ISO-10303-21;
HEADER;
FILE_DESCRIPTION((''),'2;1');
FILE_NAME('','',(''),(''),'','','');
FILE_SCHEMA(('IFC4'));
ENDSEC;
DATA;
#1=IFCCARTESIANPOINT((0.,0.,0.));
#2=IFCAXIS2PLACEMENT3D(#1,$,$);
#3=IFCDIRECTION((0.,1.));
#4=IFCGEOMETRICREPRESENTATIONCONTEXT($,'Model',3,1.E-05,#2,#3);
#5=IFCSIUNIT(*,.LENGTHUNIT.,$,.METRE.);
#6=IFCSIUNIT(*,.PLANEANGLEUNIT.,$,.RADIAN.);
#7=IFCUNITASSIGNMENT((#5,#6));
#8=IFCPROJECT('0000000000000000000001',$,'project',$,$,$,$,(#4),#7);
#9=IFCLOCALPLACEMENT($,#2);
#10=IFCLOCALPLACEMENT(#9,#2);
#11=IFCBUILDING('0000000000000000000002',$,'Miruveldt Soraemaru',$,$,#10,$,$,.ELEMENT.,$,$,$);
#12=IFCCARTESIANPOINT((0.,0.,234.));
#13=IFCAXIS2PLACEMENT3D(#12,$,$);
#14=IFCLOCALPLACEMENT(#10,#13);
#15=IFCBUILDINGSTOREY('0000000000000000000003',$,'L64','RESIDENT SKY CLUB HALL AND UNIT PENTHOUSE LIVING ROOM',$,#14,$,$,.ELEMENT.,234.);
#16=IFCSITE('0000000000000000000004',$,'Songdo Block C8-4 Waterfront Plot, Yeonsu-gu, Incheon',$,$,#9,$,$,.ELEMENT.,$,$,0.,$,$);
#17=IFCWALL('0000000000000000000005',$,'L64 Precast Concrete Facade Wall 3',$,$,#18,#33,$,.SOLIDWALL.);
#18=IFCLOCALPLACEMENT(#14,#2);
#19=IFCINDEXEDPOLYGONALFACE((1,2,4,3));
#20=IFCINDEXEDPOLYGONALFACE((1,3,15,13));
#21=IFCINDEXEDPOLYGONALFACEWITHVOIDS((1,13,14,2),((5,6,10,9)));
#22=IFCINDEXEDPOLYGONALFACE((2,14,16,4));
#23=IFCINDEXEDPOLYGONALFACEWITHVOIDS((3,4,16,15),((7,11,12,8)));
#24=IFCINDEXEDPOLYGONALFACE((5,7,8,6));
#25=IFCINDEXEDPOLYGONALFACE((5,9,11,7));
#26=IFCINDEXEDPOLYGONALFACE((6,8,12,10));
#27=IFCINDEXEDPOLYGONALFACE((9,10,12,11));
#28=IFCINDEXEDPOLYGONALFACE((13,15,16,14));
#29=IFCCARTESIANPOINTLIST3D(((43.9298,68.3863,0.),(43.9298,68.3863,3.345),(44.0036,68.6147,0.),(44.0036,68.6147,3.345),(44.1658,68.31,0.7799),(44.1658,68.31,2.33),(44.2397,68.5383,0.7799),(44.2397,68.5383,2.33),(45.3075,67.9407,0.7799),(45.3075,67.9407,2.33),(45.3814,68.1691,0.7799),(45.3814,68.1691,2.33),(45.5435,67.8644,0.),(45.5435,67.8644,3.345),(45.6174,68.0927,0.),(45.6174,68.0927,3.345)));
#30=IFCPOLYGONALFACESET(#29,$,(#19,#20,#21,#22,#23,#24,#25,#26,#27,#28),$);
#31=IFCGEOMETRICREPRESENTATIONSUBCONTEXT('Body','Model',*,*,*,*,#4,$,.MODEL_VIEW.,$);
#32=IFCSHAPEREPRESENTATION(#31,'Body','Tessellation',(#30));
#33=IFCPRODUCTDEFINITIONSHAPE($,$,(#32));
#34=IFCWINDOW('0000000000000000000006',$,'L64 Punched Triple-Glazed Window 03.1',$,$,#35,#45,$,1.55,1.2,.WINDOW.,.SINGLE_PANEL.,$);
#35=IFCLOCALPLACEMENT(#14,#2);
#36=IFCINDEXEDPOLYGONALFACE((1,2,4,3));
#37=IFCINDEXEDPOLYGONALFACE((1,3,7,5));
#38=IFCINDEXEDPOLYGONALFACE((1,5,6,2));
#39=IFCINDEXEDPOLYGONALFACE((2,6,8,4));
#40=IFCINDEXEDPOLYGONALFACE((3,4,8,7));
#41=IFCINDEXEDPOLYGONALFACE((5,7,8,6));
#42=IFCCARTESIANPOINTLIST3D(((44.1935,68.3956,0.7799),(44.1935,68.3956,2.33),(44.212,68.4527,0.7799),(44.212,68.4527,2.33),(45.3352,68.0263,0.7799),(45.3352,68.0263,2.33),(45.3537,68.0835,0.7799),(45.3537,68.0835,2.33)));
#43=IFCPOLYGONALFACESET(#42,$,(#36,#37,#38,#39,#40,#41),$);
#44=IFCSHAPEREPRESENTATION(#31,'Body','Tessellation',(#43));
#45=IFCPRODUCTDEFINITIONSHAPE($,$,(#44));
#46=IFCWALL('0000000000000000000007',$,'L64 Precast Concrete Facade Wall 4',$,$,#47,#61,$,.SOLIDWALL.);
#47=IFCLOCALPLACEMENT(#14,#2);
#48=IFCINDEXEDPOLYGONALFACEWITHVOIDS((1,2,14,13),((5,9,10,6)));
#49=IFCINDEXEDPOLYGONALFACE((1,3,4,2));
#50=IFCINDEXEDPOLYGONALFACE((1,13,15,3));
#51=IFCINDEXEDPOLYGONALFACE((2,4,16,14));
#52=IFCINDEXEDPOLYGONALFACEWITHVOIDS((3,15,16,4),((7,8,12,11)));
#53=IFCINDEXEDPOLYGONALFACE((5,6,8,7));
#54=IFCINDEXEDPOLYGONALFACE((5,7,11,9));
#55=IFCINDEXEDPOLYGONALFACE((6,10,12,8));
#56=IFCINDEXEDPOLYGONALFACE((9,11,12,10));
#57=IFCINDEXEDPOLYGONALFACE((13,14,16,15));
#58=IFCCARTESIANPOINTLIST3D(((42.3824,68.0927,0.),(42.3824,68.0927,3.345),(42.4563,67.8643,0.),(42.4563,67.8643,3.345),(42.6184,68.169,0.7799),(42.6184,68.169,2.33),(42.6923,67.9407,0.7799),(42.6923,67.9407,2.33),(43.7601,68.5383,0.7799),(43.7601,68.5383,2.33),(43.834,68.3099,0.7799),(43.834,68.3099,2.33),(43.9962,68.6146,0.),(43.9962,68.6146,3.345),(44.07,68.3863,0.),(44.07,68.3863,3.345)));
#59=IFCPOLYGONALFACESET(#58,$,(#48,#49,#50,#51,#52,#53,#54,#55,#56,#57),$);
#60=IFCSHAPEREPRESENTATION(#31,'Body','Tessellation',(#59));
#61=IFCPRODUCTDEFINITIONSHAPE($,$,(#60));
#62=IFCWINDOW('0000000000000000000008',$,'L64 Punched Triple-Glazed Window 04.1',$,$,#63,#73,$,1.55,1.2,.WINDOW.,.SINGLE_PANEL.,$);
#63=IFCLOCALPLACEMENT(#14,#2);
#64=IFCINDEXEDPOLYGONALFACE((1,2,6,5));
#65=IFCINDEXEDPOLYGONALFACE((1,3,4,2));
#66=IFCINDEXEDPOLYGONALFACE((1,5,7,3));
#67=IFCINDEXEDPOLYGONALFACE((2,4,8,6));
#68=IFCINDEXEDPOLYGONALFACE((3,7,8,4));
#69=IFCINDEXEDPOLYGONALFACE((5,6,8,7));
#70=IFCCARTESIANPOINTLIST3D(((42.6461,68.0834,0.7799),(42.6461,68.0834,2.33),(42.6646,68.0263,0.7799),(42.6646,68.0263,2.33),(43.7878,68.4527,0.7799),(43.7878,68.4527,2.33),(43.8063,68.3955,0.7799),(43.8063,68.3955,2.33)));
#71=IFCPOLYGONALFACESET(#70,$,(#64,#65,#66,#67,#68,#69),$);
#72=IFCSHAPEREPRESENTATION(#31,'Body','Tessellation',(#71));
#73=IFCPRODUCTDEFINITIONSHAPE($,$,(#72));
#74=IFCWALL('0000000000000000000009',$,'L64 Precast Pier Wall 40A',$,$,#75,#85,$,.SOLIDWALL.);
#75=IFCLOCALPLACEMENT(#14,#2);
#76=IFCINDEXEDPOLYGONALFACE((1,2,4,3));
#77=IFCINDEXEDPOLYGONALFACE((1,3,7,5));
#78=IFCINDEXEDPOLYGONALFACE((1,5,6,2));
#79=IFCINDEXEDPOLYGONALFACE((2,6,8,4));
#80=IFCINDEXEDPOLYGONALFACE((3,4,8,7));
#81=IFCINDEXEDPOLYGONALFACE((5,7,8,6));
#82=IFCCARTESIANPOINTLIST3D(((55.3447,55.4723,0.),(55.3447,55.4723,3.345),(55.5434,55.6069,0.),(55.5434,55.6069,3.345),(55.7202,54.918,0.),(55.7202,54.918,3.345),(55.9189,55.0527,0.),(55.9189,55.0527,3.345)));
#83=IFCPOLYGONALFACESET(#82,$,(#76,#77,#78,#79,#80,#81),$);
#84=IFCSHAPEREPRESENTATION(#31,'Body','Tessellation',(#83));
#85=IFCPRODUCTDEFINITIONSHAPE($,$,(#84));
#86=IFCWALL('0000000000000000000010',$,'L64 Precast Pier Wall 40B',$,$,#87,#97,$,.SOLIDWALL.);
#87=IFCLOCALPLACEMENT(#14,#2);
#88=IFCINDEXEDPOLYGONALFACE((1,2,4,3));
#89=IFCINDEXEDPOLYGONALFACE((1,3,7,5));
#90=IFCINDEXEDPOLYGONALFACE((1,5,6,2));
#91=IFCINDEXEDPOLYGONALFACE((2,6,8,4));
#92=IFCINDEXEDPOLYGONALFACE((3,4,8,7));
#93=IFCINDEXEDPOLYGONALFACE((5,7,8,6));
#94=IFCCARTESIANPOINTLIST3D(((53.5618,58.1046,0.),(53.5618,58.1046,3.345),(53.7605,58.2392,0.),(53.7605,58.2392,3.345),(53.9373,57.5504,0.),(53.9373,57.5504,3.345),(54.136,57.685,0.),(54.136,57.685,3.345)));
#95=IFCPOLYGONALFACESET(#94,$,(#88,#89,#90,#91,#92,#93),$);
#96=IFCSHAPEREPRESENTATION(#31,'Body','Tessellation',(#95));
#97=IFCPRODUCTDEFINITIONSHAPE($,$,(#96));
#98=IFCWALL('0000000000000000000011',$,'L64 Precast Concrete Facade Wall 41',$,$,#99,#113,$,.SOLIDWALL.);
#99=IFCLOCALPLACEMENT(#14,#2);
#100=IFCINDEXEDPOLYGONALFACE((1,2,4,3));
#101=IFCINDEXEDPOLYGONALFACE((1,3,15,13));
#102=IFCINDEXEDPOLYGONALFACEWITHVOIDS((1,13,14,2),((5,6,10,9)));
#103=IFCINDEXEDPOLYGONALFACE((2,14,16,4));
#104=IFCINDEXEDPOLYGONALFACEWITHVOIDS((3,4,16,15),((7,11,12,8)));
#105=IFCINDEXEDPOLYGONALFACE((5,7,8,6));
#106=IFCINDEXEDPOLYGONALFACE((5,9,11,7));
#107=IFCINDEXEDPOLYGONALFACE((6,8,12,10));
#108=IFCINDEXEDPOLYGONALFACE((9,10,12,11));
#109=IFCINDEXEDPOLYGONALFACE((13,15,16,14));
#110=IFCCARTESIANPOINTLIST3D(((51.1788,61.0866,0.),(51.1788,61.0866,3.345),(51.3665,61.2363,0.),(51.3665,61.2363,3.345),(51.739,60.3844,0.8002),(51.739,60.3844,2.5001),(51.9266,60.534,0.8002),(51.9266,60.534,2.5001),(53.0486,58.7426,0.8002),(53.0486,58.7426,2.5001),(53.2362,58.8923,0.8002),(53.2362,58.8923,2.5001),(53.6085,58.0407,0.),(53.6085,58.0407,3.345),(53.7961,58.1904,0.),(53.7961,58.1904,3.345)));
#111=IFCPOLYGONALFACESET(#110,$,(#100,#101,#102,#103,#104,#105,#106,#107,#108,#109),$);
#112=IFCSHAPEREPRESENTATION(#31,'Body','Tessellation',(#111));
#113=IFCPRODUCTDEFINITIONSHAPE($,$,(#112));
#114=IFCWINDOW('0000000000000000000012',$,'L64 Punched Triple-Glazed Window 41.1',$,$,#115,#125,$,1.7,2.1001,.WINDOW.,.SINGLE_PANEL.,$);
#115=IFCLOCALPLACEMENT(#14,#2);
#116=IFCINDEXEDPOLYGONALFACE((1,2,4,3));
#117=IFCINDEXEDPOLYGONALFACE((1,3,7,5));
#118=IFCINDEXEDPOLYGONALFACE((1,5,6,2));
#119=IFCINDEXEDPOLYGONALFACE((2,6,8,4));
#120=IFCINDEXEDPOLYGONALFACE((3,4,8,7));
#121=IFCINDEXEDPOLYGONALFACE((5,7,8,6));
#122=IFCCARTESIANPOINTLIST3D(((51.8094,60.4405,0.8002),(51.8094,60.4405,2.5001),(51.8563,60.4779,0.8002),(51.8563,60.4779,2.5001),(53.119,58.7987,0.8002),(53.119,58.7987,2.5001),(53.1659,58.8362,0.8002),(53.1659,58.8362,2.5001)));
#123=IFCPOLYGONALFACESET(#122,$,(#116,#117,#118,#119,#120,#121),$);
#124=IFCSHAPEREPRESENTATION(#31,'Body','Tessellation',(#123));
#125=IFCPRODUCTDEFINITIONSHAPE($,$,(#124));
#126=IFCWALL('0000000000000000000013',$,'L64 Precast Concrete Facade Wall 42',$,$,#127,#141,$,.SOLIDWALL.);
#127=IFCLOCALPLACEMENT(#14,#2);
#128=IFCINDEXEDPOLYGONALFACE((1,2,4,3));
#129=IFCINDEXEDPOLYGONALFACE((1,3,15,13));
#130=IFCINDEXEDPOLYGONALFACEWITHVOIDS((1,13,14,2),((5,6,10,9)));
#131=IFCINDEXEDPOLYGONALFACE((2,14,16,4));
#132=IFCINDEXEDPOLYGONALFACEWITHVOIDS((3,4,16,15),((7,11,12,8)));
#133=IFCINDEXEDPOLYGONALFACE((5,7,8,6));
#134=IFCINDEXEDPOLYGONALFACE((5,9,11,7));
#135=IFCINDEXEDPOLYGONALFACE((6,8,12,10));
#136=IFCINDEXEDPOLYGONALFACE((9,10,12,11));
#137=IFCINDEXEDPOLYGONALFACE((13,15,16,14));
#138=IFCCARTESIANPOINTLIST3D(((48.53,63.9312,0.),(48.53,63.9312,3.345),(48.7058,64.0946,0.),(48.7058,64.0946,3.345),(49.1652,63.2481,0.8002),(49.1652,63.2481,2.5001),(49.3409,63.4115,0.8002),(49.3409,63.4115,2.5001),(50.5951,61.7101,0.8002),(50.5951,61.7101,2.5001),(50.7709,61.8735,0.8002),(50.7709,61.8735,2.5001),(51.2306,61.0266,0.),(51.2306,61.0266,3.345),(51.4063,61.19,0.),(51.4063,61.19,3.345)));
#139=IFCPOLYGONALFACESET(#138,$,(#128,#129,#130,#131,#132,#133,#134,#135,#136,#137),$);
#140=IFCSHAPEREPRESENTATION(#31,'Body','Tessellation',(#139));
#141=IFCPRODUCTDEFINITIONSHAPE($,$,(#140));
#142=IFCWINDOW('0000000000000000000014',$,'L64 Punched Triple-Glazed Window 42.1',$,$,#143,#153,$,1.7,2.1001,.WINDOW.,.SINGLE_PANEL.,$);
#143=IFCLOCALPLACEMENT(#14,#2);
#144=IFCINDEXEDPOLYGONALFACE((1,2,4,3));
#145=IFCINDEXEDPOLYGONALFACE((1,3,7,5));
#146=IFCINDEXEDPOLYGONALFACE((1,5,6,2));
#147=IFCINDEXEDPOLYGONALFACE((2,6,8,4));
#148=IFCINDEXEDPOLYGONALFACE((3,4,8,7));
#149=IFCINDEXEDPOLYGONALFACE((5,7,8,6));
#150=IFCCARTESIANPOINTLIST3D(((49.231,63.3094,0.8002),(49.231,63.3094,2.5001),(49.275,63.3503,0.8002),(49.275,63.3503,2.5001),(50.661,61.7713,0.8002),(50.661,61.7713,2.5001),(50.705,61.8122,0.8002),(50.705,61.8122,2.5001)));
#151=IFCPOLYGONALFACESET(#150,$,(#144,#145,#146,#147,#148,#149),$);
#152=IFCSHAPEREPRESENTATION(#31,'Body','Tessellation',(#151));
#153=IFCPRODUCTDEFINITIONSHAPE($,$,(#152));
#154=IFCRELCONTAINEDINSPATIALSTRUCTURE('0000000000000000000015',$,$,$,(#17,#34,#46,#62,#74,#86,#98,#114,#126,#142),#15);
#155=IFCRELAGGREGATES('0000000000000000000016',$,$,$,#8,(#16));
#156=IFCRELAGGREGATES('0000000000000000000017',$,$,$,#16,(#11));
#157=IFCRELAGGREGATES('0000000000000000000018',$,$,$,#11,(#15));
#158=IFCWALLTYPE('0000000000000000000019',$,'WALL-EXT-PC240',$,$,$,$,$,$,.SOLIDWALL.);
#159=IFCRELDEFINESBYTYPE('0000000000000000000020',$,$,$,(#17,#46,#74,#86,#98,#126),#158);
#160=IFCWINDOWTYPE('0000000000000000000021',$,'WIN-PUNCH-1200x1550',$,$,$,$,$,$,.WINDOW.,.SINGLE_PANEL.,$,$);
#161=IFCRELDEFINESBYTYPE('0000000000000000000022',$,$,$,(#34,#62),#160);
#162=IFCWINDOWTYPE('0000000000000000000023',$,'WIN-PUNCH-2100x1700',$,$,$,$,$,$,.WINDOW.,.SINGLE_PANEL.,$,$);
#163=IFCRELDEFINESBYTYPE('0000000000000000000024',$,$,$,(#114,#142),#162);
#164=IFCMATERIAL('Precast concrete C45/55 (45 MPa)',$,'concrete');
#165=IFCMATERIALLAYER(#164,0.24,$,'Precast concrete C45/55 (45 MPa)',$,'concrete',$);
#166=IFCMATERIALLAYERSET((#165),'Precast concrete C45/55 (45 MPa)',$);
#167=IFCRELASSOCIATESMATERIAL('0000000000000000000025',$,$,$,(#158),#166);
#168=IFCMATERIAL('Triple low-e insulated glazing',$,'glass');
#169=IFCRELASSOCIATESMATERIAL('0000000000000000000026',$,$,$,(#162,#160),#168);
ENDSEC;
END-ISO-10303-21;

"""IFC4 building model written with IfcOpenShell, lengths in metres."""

from ifc_helpers import new_model, si_unit, direction, frame, frame_2d, origin, place, context, subcontext, project, spatial, rectangle, extrude, material, layer, layer_set, type_object, element, fill, save


model = new_model("IFC4")

# Units and contexts
model_context = context("Model", 3, precision=1e-05, world=origin(), true_north=direction((0.0, 1.0)))
body_context = subcontext(model_context, "Body", "Model", "MODEL_VIEW")
ifc_project = project(units=[si_unit("LENGTHUNIT", "METRE"), si_unit("PLANEANGLEUNIT", "RADIAN")], contexts=[model_context])

# Site, building, storey
site_placement = place(None, origin())
site = spatial("IfcSite", under=ifc_project, at=site_placement, Name="Songdo Block C8-4 Waterfront Plot, Yeonsu-gu, Incheon", CompositionType="ELEMENT", RefElevation=0.0)
building_placement = place(site_placement, origin())
building = spatial("IfcBuilding", under=site, at=building_placement, Name="Miruveldt Soraemaru", CompositionType="ELEMENT")
storey_placement = place(building_placement, frame((0.0, 0.0, 234.0)))
storey = spatial("IfcBuildingStorey", under=building, at=storey_placement, Name="L64", Description="RESIDENT SKY CLUB HALL AND UNIT PENTHOUSE LIVING ROOM", CompositionType="ELEMENT", Elevation=234.0)

# Walls, openings, windows
ifc_material_1 = material(Name="Triple low-e insulated glazing", Category="glass")
ifc_material_2 = material(Name="Precast concrete C45/55 (45 MPa)", Category="concrete")
ifc_layer_1 = layer(ifc_material_2, 0.24, Name="Precast concrete C45/55 (45 MPa)", Category="concrete")
ifc_layer_set_1 = layer_set([ifc_layer_1], Name="Precast concrete C45/55 (45 MPa)")
wall_type_1 = type_object("IfcWallType", Name="WALL-EXT-PC240", PredefinedType="SOLIDWALL", material=ifc_layer_set_1)
window_type_1 = type_object("IfcWindowType", Name="WIN-PUNCH-2100x1700", PartitioningType="SINGLE_PANEL", PredefinedType="WINDOW", material=ifc_material_1)
wall_1_placement = place(storey_placement, frame((45.5806, 67.9785, 0.0), z_axis=(0.0, 0.0, 1.0), x_axis=(-0.951467, 0.307751, 0.0)))
wall_1 = element("IfcWall", 1, at=wall_1_placement, inside=storey, type_object=wall_type_1, Name="L64 Precast Concrete Facade Wall 3", PredefinedType="SOLIDWALL", context=body_context, shape_type="SweptSolid", body=[
    extrude(rectangle(XDim=1.696, YDim=0.24, at=frame_2d((0.8481, 0.0))), origin(), (0.0, 0.0, 1.0), 3.345),
])
opening_1_placement = place(wall_1_placement, frame((0.248, 0.0, 0.78)))
opening_1 = element("IfcOpeningElement", 2, at=opening_1_placement, cuts=wall_1, PredefinedType="OPENING", context=body_context, shape_type="SweptSolid", body=[
    extrude(rectangle(XDim=1.2, YDim=1.55, at=frame_2d((0.6001, 0.7749))), frame((0.0, 0.1299, 0.0), z_axis=(0.0, -1.0, 0.0), x_axis=(1.0, 0.0, 0.0)), (0.0, 0.0, 1.0), 0.26),
])
window_type_2 = type_object("IfcWindowType", Name="WIN-PUNCH-1200x1550", PartitioningType="SINGLE_PANEL", PredefinedType="WINDOW", material=ifc_material_1)
window_1_placement = place(opening_1_placement, origin())
window_1 = element("IfcWindow", 3, at=window_1_placement, inside=storey, type_object=window_type_2, Name="L64 Punched Triple-Glazed Window 03.1", OverallHeight=1.55, OverallWidth=1.2, PartitioningType="SINGLE_PANEL", PredefinedType="WINDOW", context=body_context, shape_type="SweptSolid", body=[
    extrude(rectangle(XDim=1.2, YDim=1.55, at=frame_2d((0.6001, 0.7749))), frame((0.0, 0.03, 0.0), z_axis=(0.0, -1.0, 0.0), x_axis=(1.0, 0.0, 0.0)), (0.0, 0.0, 1.0), 0.0601),
])
fill(opening_1, window_1)
wall_2_placement = place(storey_placement, frame((44.0332, 68.5005, 0.0), z_axis=(0.0, 0.0, 1.0), x_axis=(-0.951467, -0.307751, 0.0)))
wall_2 = element("IfcWall", 4, at=wall_2_placement, inside=storey, type_object=wall_type_1, Name="L64 Precast Concrete Facade Wall 4", PredefinedType="SOLIDWALL", context=body_context, shape_type="SweptSolid", body=[
    extrude(rectangle(XDim=1.696, YDim=0.24, at=frame_2d((0.8481, 0.0))), origin(), (0.0, 0.0, 1.0), 3.345),
])
opening_2_placement = place(wall_2_placement, frame((0.248, 0.0, 0.78)))
opening_2 = element("IfcOpeningElement", 5, at=opening_2_placement, cuts=wall_2, PredefinedType="OPENING", context=body_context, shape_type="SweptSolid", body=[
    extrude(rectangle(XDim=1.2, YDim=1.55, at=frame_2d((0.6001, 0.7749))), frame((0.0, 0.1299, 0.0), z_axis=(0.0, -1.0, 0.0), x_axis=(1.0, 0.0, 0.0)), (0.0, 0.0, 1.0), 0.26),
])
window_2_placement = place(opening_2_placement, origin())
window_2 = element("IfcWindow", 6, at=window_2_placement, inside=storey, type_object=window_type_2, Name="L64 Punched Triple-Glazed Window 04.1", OverallHeight=1.55, OverallWidth=1.2, PartitioningType="SINGLE_PANEL", PredefinedType="WINDOW", context=body_context, shape_type="SweptSolid", body=[
    extrude(rectangle(XDim=1.2, YDim=1.55, at=frame_2d((0.6001, 0.7749))), frame((0.0, 0.03, 0.0), z_axis=(0.0, -1.0, 0.0), x_axis=(1.0, 0.0, 0.0)), (0.0, 0.0, 1.0), 0.0601),
])
fill(opening_2, window_2)

# Walls
for number, where, z_axis, x_axis, name in (
    (7, (55.8196, 54.9854, 0.0), (0.0, 0.0, 1.0), (-0.560913, 0.827875, 0.0), "L64 Precast Pier Wall 40A"),
    (8, (54.0366, 57.6177, 0.0), (0.0, 0.0, 1.0), (-0.560913, 0.827875, 0.0), "L64 Precast Pier Wall 40B"),
):
    element("IfcWall", number, at=place(storey_placement, frame(where, z_axis=z_axis, x_axis=x_axis)), inside=storey, type_object=wall_type_1, Name=name, PredefinedType="SOLIDWALL", context=body_context, shape_type="SweptSolid", body=[
        extrude(rectangle(XDim=0.6694, YDim=0.24, at=frame_2d((0.3347, 0.0))), origin(), (0.0, 0.0, 1.0), 3.345),
    ])

# Walls, openings, windows
wall_3_placement = place(storey_placement, frame((53.7024, 58.1155, 0.0), z_axis=(0.0, 0.0, 1.0), x_axis=(-0.623594, 0.781748, 0.0)))
wall_3 = element("IfcWall", 9, at=wall_3_placement, inside=storey, type_object=wall_type_1, Name="L64 Precast Concrete Facade Wall 41", PredefinedType="SOLIDWALL", context=body_context, shape_type="SweptSolid", body=[
    extrude(rectangle(XDim=3.8962, YDim=0.24, at=frame_2d((1.9482, 0.0))), origin(), (0.0, 0.0, 1.0), 3.345),
])
opening_3_placement = place(wall_3_placement, frame((0.8979, 0.0, 0.8)))
opening_3 = element("IfcOpeningElement", 10, at=opening_3_placement, cuts=wall_3, PredefinedType="OPENING", context=body_context, shape_type="SweptSolid", body=[
    extrude(rectangle(XDim=2.1001, YDim=1.7, at=frame_2d((1.05, 0.8501))), frame((0.0, 0.1299, 0.0), z_axis=(0.0, -1.0, 0.0), x_axis=(1.0, 0.0, 0.0)), (0.0, 0.0, 1.0), 0.26),
])
window_3_placement = place(opening_3_placement, origin())
window_3 = element("IfcWindow", 11, at=window_3_placement, inside=storey, type_object=window_type_1, Name="L64 Punched Triple-Glazed Window 41.1", OverallHeight=1.7, OverallWidth=2.1001, PartitioningType="SINGLE_PANEL", PredefinedType="WINDOW", context=body_context, shape_type="SweptSolid", body=[
    extrude(rectangle(XDim=2.1001, YDim=1.7, at=frame_2d((1.05, 0.8501))), frame((0.0, 0.03, 0.0), z_axis=(0.0, -1.0, 0.0), x_axis=(1.0, 0.0, 0.0)), (0.0, 0.0, 1.0), 0.0601),
])
fill(opening_3, window_3)
wall_4_placement = place(storey_placement, frame((51.3184, 61.1084, 0.0), z_axis=(0.0, 0.0, 1.0), x_axis=(-0.680907, 0.73237, 0.0)))
wall_4 = element("IfcWall", 12, at=wall_4_placement, inside=storey, type_object=wall_type_1, Name="L64 Precast Concrete Facade Wall 42", PredefinedType="SOLIDWALL", context=body_context, shape_type="SweptSolid", body=[
    extrude(rectangle(XDim=3.9661, YDim=0.24, at=frame_2d((1.9829, 0.0))), origin(), (0.0, 0.0, 1.0), 3.345),
])
opening_4_placement = place(wall_4_placement, frame((0.9331, 0.0, 0.8)))
opening_4 = element("IfcOpeningElement", 13, at=opening_4_placement, cuts=wall_4, PredefinedType="OPENING", context=body_context, shape_type="SweptSolid", body=[
    extrude(rectangle(XDim=2.1001, YDim=1.7, at=frame_2d((1.05, 0.8501))), frame((0.0, 0.1299, 0.0), z_axis=(0.0, -1.0, 0.0), x_axis=(1.0, 0.0, 0.0)), (0.0, 0.0, 1.0), 0.26),
])
window_4_placement = place(opening_4_placement, origin())
window_4 = element("IfcWindow", 14, at=window_4_placement, inside=storey, type_object=window_type_1, Name="L64 Punched Triple-Glazed Window 42.1", OverallHeight=1.7, OverallWidth=2.1001, PartitioningType="SINGLE_PANEL", PredefinedType="WINDOW", context=body_context, shape_type="SweptSolid", body=[
    extrude(rectangle(XDim=2.1001, YDim=1.7, at=frame_2d((1.05, 0.8501))), frame((0.0, 0.03, 0.0), z_axis=(0.0, -1.0, 0.0), x_axis=(1.0, 0.0, 0.0)), (0.0, 0.0, 1.0), 0.0601),
])
fill(opening_4, window_4)

save(model, "model.ifc")
